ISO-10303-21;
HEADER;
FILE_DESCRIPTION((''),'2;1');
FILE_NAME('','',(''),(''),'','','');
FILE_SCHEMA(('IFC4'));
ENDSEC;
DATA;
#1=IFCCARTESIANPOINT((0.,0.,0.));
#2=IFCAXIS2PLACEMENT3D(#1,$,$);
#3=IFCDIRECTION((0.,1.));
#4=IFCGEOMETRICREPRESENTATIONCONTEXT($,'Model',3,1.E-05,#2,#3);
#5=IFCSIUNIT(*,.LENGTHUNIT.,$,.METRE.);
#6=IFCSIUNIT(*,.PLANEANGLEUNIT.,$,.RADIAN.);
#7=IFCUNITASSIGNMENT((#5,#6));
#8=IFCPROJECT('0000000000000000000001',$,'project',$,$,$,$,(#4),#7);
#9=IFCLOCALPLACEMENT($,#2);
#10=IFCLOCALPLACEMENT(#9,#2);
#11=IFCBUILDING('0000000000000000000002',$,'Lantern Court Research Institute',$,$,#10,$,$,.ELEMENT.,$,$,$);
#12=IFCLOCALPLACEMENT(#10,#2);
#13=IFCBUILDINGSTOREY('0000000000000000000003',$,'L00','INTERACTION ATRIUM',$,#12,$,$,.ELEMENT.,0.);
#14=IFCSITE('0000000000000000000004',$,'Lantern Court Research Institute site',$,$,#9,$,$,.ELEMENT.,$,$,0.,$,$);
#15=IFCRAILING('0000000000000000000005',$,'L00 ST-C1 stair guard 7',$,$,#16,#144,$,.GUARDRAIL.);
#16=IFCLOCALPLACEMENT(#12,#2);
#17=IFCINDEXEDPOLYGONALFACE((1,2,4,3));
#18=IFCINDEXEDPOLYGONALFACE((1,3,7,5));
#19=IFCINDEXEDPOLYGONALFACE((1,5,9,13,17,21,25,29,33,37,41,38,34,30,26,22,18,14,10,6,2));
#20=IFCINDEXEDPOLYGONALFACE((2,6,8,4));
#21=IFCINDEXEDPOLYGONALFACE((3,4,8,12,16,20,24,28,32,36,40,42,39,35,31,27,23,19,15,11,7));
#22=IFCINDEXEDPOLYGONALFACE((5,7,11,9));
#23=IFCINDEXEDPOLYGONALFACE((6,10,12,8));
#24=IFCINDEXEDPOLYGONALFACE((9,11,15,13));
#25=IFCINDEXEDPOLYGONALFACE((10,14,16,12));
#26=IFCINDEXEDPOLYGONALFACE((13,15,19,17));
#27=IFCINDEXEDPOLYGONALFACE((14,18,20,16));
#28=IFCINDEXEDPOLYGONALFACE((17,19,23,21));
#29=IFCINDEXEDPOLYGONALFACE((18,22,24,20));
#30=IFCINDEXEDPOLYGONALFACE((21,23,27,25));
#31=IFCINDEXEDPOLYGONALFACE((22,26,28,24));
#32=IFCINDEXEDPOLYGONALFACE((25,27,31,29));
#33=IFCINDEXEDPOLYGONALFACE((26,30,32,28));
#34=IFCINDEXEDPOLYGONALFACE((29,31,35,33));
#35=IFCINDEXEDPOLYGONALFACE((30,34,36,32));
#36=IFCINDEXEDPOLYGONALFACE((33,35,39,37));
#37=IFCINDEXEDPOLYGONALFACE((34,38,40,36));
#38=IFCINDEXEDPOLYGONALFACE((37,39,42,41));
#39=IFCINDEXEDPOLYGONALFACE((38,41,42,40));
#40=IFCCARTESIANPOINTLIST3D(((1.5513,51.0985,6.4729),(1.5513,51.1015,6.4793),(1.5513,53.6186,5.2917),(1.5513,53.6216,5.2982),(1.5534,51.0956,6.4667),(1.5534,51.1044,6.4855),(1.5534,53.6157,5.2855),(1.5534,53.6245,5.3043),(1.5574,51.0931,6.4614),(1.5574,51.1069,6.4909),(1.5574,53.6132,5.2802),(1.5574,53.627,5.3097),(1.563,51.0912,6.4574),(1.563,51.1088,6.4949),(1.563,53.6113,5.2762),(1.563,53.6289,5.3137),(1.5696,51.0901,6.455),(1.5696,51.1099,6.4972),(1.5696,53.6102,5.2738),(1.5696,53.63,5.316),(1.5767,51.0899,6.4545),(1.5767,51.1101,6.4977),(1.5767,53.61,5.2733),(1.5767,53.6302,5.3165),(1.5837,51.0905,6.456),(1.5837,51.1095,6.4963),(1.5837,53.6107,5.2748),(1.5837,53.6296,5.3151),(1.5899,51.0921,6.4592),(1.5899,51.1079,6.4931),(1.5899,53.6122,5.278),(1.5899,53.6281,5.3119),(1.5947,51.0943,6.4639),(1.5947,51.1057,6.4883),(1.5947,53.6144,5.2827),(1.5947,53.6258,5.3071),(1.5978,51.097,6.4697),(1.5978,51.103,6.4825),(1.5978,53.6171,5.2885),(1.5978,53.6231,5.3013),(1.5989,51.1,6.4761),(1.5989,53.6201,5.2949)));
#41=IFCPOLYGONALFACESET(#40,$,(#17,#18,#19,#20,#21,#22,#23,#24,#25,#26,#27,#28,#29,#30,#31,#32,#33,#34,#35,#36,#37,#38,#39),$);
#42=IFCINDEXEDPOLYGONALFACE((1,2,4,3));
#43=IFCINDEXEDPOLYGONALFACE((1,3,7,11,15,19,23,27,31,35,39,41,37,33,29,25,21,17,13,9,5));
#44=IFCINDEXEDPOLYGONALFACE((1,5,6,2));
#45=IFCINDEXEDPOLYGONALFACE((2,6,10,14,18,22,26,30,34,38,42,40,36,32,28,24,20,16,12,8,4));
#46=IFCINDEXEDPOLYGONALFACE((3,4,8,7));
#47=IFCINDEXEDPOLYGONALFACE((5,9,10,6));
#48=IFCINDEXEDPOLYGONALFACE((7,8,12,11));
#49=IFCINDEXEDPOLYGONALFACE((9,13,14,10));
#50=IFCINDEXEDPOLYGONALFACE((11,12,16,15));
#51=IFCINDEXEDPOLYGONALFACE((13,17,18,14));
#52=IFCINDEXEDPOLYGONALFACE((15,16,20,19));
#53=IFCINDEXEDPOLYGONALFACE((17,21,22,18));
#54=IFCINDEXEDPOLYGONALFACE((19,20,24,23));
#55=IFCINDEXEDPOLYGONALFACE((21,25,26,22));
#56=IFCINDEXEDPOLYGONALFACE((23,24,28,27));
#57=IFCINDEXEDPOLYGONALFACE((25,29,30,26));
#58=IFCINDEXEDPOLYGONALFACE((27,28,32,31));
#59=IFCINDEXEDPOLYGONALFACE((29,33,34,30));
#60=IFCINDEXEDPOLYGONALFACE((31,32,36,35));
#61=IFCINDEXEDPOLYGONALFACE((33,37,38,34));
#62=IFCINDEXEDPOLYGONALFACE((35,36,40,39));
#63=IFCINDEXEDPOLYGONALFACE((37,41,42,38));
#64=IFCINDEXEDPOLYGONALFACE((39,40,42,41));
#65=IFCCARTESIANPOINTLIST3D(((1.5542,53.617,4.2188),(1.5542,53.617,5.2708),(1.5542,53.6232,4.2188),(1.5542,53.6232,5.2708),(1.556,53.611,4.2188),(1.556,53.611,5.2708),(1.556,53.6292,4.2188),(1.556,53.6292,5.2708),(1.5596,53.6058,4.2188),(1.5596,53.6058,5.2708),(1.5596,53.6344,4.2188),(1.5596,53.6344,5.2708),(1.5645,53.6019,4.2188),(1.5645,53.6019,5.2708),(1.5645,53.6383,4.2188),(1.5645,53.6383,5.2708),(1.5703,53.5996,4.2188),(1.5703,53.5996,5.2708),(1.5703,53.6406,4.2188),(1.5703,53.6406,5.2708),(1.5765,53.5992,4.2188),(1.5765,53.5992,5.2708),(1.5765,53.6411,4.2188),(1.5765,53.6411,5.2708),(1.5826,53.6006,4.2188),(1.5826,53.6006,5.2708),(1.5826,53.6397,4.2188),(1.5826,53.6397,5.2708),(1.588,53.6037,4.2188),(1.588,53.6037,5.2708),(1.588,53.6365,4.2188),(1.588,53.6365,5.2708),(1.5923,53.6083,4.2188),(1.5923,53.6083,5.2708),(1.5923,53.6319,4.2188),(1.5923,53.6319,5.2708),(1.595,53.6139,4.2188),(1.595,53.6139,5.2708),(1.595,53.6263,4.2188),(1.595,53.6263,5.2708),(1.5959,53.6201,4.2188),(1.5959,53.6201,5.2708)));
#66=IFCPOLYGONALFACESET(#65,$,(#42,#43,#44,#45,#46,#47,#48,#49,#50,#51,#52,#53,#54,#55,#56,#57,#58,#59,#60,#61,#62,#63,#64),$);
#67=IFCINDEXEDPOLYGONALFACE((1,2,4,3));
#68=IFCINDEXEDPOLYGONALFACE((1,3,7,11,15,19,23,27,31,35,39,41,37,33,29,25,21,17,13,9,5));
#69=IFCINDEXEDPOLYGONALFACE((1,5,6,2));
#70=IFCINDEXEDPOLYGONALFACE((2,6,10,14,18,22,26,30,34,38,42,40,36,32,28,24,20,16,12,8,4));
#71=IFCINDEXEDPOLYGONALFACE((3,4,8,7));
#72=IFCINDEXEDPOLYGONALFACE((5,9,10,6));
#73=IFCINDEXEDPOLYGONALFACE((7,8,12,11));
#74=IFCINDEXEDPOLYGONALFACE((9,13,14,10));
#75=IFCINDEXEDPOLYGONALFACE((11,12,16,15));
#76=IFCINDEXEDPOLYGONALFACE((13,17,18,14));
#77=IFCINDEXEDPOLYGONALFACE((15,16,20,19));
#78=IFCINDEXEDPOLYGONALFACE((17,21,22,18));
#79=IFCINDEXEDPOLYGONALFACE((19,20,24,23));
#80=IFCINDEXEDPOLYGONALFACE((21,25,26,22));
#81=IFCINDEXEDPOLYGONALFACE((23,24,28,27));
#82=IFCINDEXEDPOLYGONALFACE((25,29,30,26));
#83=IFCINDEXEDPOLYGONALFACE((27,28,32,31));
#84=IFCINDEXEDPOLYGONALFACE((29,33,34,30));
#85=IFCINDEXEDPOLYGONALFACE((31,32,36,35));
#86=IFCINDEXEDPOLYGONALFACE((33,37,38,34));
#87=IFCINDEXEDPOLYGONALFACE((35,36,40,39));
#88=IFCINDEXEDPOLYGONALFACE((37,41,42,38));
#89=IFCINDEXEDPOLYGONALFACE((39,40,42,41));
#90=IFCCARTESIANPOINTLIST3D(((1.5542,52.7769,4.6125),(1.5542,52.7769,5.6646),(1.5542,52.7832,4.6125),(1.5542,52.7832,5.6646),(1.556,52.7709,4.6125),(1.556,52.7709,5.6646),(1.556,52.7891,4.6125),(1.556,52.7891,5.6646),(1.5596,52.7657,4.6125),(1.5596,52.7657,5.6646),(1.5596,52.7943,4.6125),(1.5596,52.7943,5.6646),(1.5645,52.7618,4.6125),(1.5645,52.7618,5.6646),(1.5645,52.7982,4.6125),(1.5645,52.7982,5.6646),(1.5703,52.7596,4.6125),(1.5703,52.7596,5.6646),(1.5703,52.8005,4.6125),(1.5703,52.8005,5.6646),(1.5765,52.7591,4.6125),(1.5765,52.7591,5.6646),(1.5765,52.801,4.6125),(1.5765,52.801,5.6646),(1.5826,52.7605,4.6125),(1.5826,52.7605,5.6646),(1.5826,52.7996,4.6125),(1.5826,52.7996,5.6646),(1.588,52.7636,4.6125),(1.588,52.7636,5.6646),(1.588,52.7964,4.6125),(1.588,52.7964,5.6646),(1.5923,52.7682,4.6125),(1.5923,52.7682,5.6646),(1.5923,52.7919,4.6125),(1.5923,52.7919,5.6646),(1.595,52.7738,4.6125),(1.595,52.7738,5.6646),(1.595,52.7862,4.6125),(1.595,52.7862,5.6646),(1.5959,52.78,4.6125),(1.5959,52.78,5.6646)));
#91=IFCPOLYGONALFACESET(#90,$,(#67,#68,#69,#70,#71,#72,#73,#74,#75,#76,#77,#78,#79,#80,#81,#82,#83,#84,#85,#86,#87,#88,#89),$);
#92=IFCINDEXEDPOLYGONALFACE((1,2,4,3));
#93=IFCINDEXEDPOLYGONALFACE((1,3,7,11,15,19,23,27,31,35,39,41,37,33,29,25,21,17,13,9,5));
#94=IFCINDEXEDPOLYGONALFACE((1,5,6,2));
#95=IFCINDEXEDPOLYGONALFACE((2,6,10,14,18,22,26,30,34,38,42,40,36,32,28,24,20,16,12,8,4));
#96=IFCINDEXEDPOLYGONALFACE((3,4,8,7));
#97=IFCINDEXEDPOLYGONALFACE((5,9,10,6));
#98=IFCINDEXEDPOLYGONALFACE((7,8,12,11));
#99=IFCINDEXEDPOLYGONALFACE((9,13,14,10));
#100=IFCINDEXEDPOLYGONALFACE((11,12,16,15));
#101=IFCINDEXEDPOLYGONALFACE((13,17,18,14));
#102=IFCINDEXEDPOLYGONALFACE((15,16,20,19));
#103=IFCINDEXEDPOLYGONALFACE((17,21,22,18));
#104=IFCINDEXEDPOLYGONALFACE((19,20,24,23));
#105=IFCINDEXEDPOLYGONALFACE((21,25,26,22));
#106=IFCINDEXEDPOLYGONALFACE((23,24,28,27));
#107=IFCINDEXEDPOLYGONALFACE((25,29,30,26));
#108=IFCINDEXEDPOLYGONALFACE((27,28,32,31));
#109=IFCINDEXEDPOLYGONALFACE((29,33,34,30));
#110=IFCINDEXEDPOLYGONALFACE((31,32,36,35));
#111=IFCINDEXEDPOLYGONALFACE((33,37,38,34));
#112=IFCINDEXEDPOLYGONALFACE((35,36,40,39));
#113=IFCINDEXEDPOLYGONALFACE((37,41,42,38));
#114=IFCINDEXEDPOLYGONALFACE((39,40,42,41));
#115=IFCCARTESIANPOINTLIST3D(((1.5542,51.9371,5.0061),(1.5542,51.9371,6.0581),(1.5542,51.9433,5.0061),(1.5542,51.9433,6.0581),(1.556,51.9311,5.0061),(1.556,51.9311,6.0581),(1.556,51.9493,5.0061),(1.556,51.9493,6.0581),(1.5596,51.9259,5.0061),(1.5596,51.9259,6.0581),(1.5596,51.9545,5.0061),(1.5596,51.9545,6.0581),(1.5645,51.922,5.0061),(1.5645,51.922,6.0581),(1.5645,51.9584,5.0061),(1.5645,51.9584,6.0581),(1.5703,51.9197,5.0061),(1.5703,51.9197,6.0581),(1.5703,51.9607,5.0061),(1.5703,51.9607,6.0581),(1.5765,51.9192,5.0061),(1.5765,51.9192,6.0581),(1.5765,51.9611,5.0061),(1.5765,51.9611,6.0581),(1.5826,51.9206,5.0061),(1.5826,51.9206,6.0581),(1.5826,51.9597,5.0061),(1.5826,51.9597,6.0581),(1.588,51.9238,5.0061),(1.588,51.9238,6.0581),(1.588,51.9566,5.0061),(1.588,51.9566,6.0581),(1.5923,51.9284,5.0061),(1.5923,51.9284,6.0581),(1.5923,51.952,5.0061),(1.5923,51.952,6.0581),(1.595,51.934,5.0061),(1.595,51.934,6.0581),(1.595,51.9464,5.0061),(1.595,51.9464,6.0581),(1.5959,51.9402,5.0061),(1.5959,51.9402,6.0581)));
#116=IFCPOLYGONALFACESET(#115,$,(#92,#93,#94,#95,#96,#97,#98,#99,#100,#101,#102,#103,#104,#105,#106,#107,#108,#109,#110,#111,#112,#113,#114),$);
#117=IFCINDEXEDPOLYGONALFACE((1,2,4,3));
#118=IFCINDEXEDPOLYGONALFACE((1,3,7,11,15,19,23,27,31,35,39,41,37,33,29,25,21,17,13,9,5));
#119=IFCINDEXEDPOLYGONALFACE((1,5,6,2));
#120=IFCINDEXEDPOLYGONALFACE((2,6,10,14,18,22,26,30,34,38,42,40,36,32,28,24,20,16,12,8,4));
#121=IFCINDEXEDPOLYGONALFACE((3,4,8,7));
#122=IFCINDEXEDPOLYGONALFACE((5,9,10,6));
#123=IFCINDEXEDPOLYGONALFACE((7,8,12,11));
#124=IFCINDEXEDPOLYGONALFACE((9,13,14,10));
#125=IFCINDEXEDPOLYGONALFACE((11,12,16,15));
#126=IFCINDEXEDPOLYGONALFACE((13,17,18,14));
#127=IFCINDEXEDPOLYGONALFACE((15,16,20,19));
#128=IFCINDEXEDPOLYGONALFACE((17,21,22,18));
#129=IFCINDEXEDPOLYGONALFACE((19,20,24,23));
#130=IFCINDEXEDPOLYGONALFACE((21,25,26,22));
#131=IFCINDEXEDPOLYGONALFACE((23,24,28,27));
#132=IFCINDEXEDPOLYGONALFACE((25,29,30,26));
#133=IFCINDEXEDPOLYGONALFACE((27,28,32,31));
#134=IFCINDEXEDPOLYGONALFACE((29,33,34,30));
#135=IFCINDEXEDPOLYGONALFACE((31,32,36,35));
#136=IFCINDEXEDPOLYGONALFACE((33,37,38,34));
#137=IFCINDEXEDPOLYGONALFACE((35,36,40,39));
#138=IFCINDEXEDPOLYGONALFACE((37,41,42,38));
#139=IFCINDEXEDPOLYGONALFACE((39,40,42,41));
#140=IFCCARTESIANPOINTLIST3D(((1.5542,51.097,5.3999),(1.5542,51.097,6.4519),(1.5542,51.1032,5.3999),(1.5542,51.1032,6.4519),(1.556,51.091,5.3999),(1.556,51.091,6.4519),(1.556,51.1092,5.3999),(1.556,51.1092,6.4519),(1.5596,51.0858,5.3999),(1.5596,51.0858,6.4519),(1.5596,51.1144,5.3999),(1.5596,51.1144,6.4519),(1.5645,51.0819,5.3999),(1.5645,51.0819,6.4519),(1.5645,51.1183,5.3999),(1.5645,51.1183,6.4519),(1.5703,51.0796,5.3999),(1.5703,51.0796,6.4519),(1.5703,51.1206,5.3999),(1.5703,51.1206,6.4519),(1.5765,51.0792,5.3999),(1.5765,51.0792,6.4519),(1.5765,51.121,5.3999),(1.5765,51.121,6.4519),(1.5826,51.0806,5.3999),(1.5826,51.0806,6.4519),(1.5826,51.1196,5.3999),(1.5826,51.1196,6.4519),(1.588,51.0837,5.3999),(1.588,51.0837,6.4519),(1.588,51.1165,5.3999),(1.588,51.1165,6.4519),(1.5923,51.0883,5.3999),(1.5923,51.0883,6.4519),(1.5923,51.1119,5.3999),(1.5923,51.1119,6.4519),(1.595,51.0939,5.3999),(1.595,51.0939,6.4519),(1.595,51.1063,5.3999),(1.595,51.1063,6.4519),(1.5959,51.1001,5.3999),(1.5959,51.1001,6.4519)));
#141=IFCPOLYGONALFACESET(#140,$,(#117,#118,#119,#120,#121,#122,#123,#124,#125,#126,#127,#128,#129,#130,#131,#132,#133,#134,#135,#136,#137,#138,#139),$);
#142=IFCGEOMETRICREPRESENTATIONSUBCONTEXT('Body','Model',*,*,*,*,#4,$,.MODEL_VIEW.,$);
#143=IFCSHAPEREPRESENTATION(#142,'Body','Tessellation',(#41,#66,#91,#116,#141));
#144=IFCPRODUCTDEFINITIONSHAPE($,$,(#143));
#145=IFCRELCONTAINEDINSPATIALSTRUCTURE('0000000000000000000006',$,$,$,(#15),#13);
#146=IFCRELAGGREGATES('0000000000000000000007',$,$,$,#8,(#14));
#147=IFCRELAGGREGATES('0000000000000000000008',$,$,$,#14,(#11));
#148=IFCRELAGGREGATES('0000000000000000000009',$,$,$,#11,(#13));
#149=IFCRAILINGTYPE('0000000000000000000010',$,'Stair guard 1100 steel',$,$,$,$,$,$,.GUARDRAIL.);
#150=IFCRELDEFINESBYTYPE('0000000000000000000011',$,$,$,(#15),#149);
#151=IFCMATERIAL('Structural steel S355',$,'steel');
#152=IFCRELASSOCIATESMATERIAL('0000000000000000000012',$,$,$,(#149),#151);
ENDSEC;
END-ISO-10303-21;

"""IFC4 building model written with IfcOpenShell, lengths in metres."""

from ifc_helpers import new_model, si_unit, direction, frame, origin, origin_2d, place, context, subcontext, project, spatial, circle, extrude, material, type_object, element, save


model = new_model("IFC4")

# Units and contexts
model_context = context("Model", 3, precision=1e-05, world=origin(), true_north=direction((0.0, 1.0)))
body_context = subcontext(model_context, "Body", "Model", "MODEL_VIEW")
ifc_project = project(units=[si_unit("LENGTHUNIT", "METRE"), si_unit("PLANEANGLEUNIT", "RADIAN")], contexts=[model_context])

# Site, building, storey
site_placement = place(None, origin())
site = spatial("IfcSite", under=ifc_project, at=site_placement, Name="Lantern Court Research Institute site", CompositionType="ELEMENT", RefElevation=0.0)
building_placement = place(site_placement, origin())
building = spatial("IfcBuilding", under=site, at=building_placement, Name="Lantern Court Research Institute", CompositionType="ELEMENT")
storey_placement = place(building_placement, origin())
storey = spatial("IfcBuildingStorey", under=building, at=storey_placement, Name="L00", Description="INTERACTION ATRIUM", CompositionType="ELEMENT", Elevation=0.0)

# Railing
ifc_material_1 = material(Name="Structural steel S355", Category="steel")
railing_type_1 = type_object("IfcRailingType", Name="Stair guard 1100 steel", PredefinedType="GUARDRAIL", material=ifc_material_1)
railing_1_placement = place(storey_placement, frame((1.575, 53.6201, 4.2188)))
element("IfcRailing", 1, at=railing_1_placement, inside=storey, type_object=railing_type_1, Name="L00 ST-C1 stair guard 7", PredefinedType="GUARDRAIL", context=body_context, shape_type="SweptSolid", body=[
    extrude(circle(Radius=0.0239, at=origin_2d()), frame((0.0, 0.0, 1.0762), z_axis=(0.0, -0.905474, 0.424402), x_axis=(1.0, 0.0, 0.0)), (0.0, 0.0, 1.0), 2.7832),
    extrude(circle(Radius=0.021, at=origin_2d()), origin(), (0.0, 0.0, 1.0), 1.052),
    extrude(circle(Radius=0.021, at=origin_2d()), frame((0.0, -0.8401, 0.3938)), (0.0, 0.0, 1.0), 1.052),
    extrude(circle(Radius=0.021, at=origin_2d()), frame((0.0, -1.6799, 0.7874)), (0.0, 0.0, 1.0), 1.052),
    extrude(circle(Radius=0.021, at=origin_2d()), frame((0.0, -2.52, 1.1812)), (0.0, 0.0, 1.0), 1.052),
])

save(model, "model.ifc")
